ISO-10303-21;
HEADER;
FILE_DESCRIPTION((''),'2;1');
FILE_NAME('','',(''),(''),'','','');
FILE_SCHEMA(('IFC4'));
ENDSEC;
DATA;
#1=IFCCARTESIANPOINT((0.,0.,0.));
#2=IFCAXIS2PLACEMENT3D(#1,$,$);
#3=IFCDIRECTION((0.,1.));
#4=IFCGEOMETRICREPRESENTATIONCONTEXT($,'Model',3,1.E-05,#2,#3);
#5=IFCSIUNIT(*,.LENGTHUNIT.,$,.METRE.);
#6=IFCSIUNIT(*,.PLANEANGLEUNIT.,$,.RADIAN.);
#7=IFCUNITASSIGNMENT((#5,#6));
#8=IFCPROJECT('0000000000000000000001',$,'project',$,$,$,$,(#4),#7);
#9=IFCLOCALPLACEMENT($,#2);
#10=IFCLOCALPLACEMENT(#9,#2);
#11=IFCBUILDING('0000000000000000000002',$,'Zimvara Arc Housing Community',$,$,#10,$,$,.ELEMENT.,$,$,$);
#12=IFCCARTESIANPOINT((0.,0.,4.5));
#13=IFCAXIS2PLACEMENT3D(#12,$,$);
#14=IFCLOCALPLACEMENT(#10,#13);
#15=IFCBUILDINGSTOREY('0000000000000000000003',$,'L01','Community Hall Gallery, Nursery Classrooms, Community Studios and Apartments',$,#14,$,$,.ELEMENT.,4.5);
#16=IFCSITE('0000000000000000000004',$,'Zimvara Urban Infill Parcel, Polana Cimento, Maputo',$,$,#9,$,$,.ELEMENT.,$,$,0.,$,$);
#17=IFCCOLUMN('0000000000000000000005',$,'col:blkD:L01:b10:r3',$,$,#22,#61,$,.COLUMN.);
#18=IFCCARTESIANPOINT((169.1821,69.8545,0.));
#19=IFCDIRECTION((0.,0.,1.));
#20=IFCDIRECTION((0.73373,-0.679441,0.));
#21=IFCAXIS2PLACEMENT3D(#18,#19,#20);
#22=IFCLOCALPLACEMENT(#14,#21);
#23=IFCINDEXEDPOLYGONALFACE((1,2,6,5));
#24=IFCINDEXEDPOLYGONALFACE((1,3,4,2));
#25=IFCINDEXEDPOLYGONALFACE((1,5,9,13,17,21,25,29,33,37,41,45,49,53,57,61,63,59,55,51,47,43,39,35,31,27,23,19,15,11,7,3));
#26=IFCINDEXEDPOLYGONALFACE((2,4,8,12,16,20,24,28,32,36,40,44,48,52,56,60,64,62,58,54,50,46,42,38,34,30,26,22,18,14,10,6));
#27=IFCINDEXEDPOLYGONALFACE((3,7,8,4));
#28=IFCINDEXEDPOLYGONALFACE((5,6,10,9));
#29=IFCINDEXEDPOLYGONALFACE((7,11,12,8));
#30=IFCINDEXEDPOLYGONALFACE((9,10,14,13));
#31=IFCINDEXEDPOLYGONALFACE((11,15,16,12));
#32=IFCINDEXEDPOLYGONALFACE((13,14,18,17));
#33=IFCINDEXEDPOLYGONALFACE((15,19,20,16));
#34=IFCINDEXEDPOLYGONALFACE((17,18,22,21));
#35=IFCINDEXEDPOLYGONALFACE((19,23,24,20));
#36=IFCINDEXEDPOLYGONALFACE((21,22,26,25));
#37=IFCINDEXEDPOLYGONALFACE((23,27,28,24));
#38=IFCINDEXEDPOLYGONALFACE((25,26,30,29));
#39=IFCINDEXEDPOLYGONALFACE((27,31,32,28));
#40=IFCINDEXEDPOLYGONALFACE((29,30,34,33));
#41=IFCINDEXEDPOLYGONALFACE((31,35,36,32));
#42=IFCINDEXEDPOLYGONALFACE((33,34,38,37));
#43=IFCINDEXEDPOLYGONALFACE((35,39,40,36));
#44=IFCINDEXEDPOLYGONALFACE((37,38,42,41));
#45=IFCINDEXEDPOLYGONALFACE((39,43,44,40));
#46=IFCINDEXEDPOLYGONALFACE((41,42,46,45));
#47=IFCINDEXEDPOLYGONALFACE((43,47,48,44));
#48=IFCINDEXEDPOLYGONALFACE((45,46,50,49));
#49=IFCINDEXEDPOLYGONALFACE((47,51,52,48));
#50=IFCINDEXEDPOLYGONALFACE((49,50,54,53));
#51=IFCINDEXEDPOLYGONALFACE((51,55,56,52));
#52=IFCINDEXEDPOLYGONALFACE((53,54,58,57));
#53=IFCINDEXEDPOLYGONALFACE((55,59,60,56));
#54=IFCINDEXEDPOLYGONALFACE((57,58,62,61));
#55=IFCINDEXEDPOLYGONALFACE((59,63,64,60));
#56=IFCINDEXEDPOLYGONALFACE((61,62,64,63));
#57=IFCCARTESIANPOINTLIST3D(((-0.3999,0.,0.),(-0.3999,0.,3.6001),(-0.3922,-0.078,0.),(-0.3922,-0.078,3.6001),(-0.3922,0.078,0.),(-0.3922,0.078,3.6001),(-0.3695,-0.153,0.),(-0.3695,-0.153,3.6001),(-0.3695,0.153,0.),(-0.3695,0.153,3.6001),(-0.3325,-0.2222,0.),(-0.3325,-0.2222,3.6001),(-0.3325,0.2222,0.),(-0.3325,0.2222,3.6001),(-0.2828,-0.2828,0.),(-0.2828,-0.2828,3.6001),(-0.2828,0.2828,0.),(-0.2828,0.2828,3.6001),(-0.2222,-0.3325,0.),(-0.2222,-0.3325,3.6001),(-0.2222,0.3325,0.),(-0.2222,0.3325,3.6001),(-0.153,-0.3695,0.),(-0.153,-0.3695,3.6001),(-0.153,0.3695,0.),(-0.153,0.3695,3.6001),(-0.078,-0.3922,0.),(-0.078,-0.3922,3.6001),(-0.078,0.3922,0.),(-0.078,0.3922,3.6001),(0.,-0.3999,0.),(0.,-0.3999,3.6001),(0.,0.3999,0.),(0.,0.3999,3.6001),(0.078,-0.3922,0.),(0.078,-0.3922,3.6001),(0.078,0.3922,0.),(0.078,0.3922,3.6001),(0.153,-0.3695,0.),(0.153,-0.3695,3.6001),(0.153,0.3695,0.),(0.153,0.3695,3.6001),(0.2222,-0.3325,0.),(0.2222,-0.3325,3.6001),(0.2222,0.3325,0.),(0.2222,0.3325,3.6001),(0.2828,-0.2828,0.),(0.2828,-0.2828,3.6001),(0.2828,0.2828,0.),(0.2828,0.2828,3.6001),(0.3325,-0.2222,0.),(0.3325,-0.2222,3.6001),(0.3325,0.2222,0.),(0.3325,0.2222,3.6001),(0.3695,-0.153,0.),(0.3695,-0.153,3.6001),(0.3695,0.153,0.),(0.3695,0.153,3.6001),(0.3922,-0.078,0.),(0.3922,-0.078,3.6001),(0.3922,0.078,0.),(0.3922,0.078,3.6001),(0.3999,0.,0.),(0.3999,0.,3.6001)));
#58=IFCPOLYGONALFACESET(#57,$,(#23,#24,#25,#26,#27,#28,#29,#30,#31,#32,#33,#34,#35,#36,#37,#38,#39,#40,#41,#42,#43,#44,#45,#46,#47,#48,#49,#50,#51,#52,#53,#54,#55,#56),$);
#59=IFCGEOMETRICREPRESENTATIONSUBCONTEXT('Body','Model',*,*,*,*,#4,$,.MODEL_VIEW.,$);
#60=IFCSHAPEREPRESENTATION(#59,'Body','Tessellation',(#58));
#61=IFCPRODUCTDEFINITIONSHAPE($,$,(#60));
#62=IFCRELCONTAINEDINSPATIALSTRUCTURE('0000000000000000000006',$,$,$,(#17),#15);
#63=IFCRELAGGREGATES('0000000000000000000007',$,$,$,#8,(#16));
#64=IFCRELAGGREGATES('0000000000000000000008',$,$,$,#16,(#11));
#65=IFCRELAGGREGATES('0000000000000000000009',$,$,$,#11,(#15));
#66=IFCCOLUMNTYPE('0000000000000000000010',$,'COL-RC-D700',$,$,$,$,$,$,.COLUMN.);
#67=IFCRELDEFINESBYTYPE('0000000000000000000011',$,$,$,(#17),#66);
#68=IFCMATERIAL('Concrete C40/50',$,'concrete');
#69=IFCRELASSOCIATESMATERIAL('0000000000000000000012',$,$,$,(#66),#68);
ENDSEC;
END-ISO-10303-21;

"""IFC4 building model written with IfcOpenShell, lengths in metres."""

from ifc_helpers import new_model, si_unit, direction, frame, origin, origin_2d, place, context, subcontext, project, spatial, circle, extrude, material, material_profile, profile_set, type_object, element, save


model = new_model("IFC4")

# Units and contexts
model_context = context("Model", 3, precision=1e-05, world=origin(), true_north=direction((0.0, 1.0)))
body_context = subcontext(model_context, "Body", "Model", "MODEL_VIEW")
ifc_project = project(units=[si_unit("LENGTHUNIT", "METRE"), si_unit("PLANEANGLEUNIT", "RADIAN")], contexts=[model_context])

# Site, building, storey
site_placement = place(None, origin())
site = spatial("IfcSite", under=ifc_project, at=site_placement, Name="Zimvara Urban Infill Parcel, Polana Cimento, Maputo", CompositionType="ELEMENT", RefElevation=0.0)
building_placement = place(site_placement, origin())
building = spatial("IfcBuilding", under=site, at=building_placement, Name="Zimvara Arc Housing Community", CompositionType="ELEMENT")
storey_placement = place(building_placement, frame((0.0, 0.0, 4.5)))
storey = spatial("IfcBuildingStorey", under=building, at=storey_placement, Name="L01", Description="Community Hall Gallery, Nursery Classrooms, Community Studios and Apartments", CompositionType="ELEMENT", Elevation=4.5)

# Column
ifc_material_1 = material(Name="Concrete C40/50", Category="concrete")
ifc_material_profile_1 = material_profile(ifc_material_1, circle(Radius=0.3999, at=origin_2d()), Name="RC D800")
ifc_profile_set_1 = profile_set([ifc_material_profile_1], Name="Concrete C40/50")
column_type_1 = type_object("IfcColumnType", Name="COL-RC-D700", PredefinedType="COLUMN", material=ifc_profile_set_1)
column_placement = place(storey_placement, frame((169.1821, 69.8545, 0.0), z_axis=(0.0, 0.0, 1.0), x_axis=(0.73373, -0.679441, 0.0)))
element("IfcColumn", 1, at=column_placement, inside=storey, type_object=column_type_1, Name="col:blkD:L01:b10:r3", PredefinedType="COLUMN", context=body_context, shape_type="SweptSolid", body=[
    extrude(circle(Radius=0.3999, at=origin_2d()), origin(), (0.0, 0.0, 1.0), 3.6001),
])

save(model, "model.ifc")
